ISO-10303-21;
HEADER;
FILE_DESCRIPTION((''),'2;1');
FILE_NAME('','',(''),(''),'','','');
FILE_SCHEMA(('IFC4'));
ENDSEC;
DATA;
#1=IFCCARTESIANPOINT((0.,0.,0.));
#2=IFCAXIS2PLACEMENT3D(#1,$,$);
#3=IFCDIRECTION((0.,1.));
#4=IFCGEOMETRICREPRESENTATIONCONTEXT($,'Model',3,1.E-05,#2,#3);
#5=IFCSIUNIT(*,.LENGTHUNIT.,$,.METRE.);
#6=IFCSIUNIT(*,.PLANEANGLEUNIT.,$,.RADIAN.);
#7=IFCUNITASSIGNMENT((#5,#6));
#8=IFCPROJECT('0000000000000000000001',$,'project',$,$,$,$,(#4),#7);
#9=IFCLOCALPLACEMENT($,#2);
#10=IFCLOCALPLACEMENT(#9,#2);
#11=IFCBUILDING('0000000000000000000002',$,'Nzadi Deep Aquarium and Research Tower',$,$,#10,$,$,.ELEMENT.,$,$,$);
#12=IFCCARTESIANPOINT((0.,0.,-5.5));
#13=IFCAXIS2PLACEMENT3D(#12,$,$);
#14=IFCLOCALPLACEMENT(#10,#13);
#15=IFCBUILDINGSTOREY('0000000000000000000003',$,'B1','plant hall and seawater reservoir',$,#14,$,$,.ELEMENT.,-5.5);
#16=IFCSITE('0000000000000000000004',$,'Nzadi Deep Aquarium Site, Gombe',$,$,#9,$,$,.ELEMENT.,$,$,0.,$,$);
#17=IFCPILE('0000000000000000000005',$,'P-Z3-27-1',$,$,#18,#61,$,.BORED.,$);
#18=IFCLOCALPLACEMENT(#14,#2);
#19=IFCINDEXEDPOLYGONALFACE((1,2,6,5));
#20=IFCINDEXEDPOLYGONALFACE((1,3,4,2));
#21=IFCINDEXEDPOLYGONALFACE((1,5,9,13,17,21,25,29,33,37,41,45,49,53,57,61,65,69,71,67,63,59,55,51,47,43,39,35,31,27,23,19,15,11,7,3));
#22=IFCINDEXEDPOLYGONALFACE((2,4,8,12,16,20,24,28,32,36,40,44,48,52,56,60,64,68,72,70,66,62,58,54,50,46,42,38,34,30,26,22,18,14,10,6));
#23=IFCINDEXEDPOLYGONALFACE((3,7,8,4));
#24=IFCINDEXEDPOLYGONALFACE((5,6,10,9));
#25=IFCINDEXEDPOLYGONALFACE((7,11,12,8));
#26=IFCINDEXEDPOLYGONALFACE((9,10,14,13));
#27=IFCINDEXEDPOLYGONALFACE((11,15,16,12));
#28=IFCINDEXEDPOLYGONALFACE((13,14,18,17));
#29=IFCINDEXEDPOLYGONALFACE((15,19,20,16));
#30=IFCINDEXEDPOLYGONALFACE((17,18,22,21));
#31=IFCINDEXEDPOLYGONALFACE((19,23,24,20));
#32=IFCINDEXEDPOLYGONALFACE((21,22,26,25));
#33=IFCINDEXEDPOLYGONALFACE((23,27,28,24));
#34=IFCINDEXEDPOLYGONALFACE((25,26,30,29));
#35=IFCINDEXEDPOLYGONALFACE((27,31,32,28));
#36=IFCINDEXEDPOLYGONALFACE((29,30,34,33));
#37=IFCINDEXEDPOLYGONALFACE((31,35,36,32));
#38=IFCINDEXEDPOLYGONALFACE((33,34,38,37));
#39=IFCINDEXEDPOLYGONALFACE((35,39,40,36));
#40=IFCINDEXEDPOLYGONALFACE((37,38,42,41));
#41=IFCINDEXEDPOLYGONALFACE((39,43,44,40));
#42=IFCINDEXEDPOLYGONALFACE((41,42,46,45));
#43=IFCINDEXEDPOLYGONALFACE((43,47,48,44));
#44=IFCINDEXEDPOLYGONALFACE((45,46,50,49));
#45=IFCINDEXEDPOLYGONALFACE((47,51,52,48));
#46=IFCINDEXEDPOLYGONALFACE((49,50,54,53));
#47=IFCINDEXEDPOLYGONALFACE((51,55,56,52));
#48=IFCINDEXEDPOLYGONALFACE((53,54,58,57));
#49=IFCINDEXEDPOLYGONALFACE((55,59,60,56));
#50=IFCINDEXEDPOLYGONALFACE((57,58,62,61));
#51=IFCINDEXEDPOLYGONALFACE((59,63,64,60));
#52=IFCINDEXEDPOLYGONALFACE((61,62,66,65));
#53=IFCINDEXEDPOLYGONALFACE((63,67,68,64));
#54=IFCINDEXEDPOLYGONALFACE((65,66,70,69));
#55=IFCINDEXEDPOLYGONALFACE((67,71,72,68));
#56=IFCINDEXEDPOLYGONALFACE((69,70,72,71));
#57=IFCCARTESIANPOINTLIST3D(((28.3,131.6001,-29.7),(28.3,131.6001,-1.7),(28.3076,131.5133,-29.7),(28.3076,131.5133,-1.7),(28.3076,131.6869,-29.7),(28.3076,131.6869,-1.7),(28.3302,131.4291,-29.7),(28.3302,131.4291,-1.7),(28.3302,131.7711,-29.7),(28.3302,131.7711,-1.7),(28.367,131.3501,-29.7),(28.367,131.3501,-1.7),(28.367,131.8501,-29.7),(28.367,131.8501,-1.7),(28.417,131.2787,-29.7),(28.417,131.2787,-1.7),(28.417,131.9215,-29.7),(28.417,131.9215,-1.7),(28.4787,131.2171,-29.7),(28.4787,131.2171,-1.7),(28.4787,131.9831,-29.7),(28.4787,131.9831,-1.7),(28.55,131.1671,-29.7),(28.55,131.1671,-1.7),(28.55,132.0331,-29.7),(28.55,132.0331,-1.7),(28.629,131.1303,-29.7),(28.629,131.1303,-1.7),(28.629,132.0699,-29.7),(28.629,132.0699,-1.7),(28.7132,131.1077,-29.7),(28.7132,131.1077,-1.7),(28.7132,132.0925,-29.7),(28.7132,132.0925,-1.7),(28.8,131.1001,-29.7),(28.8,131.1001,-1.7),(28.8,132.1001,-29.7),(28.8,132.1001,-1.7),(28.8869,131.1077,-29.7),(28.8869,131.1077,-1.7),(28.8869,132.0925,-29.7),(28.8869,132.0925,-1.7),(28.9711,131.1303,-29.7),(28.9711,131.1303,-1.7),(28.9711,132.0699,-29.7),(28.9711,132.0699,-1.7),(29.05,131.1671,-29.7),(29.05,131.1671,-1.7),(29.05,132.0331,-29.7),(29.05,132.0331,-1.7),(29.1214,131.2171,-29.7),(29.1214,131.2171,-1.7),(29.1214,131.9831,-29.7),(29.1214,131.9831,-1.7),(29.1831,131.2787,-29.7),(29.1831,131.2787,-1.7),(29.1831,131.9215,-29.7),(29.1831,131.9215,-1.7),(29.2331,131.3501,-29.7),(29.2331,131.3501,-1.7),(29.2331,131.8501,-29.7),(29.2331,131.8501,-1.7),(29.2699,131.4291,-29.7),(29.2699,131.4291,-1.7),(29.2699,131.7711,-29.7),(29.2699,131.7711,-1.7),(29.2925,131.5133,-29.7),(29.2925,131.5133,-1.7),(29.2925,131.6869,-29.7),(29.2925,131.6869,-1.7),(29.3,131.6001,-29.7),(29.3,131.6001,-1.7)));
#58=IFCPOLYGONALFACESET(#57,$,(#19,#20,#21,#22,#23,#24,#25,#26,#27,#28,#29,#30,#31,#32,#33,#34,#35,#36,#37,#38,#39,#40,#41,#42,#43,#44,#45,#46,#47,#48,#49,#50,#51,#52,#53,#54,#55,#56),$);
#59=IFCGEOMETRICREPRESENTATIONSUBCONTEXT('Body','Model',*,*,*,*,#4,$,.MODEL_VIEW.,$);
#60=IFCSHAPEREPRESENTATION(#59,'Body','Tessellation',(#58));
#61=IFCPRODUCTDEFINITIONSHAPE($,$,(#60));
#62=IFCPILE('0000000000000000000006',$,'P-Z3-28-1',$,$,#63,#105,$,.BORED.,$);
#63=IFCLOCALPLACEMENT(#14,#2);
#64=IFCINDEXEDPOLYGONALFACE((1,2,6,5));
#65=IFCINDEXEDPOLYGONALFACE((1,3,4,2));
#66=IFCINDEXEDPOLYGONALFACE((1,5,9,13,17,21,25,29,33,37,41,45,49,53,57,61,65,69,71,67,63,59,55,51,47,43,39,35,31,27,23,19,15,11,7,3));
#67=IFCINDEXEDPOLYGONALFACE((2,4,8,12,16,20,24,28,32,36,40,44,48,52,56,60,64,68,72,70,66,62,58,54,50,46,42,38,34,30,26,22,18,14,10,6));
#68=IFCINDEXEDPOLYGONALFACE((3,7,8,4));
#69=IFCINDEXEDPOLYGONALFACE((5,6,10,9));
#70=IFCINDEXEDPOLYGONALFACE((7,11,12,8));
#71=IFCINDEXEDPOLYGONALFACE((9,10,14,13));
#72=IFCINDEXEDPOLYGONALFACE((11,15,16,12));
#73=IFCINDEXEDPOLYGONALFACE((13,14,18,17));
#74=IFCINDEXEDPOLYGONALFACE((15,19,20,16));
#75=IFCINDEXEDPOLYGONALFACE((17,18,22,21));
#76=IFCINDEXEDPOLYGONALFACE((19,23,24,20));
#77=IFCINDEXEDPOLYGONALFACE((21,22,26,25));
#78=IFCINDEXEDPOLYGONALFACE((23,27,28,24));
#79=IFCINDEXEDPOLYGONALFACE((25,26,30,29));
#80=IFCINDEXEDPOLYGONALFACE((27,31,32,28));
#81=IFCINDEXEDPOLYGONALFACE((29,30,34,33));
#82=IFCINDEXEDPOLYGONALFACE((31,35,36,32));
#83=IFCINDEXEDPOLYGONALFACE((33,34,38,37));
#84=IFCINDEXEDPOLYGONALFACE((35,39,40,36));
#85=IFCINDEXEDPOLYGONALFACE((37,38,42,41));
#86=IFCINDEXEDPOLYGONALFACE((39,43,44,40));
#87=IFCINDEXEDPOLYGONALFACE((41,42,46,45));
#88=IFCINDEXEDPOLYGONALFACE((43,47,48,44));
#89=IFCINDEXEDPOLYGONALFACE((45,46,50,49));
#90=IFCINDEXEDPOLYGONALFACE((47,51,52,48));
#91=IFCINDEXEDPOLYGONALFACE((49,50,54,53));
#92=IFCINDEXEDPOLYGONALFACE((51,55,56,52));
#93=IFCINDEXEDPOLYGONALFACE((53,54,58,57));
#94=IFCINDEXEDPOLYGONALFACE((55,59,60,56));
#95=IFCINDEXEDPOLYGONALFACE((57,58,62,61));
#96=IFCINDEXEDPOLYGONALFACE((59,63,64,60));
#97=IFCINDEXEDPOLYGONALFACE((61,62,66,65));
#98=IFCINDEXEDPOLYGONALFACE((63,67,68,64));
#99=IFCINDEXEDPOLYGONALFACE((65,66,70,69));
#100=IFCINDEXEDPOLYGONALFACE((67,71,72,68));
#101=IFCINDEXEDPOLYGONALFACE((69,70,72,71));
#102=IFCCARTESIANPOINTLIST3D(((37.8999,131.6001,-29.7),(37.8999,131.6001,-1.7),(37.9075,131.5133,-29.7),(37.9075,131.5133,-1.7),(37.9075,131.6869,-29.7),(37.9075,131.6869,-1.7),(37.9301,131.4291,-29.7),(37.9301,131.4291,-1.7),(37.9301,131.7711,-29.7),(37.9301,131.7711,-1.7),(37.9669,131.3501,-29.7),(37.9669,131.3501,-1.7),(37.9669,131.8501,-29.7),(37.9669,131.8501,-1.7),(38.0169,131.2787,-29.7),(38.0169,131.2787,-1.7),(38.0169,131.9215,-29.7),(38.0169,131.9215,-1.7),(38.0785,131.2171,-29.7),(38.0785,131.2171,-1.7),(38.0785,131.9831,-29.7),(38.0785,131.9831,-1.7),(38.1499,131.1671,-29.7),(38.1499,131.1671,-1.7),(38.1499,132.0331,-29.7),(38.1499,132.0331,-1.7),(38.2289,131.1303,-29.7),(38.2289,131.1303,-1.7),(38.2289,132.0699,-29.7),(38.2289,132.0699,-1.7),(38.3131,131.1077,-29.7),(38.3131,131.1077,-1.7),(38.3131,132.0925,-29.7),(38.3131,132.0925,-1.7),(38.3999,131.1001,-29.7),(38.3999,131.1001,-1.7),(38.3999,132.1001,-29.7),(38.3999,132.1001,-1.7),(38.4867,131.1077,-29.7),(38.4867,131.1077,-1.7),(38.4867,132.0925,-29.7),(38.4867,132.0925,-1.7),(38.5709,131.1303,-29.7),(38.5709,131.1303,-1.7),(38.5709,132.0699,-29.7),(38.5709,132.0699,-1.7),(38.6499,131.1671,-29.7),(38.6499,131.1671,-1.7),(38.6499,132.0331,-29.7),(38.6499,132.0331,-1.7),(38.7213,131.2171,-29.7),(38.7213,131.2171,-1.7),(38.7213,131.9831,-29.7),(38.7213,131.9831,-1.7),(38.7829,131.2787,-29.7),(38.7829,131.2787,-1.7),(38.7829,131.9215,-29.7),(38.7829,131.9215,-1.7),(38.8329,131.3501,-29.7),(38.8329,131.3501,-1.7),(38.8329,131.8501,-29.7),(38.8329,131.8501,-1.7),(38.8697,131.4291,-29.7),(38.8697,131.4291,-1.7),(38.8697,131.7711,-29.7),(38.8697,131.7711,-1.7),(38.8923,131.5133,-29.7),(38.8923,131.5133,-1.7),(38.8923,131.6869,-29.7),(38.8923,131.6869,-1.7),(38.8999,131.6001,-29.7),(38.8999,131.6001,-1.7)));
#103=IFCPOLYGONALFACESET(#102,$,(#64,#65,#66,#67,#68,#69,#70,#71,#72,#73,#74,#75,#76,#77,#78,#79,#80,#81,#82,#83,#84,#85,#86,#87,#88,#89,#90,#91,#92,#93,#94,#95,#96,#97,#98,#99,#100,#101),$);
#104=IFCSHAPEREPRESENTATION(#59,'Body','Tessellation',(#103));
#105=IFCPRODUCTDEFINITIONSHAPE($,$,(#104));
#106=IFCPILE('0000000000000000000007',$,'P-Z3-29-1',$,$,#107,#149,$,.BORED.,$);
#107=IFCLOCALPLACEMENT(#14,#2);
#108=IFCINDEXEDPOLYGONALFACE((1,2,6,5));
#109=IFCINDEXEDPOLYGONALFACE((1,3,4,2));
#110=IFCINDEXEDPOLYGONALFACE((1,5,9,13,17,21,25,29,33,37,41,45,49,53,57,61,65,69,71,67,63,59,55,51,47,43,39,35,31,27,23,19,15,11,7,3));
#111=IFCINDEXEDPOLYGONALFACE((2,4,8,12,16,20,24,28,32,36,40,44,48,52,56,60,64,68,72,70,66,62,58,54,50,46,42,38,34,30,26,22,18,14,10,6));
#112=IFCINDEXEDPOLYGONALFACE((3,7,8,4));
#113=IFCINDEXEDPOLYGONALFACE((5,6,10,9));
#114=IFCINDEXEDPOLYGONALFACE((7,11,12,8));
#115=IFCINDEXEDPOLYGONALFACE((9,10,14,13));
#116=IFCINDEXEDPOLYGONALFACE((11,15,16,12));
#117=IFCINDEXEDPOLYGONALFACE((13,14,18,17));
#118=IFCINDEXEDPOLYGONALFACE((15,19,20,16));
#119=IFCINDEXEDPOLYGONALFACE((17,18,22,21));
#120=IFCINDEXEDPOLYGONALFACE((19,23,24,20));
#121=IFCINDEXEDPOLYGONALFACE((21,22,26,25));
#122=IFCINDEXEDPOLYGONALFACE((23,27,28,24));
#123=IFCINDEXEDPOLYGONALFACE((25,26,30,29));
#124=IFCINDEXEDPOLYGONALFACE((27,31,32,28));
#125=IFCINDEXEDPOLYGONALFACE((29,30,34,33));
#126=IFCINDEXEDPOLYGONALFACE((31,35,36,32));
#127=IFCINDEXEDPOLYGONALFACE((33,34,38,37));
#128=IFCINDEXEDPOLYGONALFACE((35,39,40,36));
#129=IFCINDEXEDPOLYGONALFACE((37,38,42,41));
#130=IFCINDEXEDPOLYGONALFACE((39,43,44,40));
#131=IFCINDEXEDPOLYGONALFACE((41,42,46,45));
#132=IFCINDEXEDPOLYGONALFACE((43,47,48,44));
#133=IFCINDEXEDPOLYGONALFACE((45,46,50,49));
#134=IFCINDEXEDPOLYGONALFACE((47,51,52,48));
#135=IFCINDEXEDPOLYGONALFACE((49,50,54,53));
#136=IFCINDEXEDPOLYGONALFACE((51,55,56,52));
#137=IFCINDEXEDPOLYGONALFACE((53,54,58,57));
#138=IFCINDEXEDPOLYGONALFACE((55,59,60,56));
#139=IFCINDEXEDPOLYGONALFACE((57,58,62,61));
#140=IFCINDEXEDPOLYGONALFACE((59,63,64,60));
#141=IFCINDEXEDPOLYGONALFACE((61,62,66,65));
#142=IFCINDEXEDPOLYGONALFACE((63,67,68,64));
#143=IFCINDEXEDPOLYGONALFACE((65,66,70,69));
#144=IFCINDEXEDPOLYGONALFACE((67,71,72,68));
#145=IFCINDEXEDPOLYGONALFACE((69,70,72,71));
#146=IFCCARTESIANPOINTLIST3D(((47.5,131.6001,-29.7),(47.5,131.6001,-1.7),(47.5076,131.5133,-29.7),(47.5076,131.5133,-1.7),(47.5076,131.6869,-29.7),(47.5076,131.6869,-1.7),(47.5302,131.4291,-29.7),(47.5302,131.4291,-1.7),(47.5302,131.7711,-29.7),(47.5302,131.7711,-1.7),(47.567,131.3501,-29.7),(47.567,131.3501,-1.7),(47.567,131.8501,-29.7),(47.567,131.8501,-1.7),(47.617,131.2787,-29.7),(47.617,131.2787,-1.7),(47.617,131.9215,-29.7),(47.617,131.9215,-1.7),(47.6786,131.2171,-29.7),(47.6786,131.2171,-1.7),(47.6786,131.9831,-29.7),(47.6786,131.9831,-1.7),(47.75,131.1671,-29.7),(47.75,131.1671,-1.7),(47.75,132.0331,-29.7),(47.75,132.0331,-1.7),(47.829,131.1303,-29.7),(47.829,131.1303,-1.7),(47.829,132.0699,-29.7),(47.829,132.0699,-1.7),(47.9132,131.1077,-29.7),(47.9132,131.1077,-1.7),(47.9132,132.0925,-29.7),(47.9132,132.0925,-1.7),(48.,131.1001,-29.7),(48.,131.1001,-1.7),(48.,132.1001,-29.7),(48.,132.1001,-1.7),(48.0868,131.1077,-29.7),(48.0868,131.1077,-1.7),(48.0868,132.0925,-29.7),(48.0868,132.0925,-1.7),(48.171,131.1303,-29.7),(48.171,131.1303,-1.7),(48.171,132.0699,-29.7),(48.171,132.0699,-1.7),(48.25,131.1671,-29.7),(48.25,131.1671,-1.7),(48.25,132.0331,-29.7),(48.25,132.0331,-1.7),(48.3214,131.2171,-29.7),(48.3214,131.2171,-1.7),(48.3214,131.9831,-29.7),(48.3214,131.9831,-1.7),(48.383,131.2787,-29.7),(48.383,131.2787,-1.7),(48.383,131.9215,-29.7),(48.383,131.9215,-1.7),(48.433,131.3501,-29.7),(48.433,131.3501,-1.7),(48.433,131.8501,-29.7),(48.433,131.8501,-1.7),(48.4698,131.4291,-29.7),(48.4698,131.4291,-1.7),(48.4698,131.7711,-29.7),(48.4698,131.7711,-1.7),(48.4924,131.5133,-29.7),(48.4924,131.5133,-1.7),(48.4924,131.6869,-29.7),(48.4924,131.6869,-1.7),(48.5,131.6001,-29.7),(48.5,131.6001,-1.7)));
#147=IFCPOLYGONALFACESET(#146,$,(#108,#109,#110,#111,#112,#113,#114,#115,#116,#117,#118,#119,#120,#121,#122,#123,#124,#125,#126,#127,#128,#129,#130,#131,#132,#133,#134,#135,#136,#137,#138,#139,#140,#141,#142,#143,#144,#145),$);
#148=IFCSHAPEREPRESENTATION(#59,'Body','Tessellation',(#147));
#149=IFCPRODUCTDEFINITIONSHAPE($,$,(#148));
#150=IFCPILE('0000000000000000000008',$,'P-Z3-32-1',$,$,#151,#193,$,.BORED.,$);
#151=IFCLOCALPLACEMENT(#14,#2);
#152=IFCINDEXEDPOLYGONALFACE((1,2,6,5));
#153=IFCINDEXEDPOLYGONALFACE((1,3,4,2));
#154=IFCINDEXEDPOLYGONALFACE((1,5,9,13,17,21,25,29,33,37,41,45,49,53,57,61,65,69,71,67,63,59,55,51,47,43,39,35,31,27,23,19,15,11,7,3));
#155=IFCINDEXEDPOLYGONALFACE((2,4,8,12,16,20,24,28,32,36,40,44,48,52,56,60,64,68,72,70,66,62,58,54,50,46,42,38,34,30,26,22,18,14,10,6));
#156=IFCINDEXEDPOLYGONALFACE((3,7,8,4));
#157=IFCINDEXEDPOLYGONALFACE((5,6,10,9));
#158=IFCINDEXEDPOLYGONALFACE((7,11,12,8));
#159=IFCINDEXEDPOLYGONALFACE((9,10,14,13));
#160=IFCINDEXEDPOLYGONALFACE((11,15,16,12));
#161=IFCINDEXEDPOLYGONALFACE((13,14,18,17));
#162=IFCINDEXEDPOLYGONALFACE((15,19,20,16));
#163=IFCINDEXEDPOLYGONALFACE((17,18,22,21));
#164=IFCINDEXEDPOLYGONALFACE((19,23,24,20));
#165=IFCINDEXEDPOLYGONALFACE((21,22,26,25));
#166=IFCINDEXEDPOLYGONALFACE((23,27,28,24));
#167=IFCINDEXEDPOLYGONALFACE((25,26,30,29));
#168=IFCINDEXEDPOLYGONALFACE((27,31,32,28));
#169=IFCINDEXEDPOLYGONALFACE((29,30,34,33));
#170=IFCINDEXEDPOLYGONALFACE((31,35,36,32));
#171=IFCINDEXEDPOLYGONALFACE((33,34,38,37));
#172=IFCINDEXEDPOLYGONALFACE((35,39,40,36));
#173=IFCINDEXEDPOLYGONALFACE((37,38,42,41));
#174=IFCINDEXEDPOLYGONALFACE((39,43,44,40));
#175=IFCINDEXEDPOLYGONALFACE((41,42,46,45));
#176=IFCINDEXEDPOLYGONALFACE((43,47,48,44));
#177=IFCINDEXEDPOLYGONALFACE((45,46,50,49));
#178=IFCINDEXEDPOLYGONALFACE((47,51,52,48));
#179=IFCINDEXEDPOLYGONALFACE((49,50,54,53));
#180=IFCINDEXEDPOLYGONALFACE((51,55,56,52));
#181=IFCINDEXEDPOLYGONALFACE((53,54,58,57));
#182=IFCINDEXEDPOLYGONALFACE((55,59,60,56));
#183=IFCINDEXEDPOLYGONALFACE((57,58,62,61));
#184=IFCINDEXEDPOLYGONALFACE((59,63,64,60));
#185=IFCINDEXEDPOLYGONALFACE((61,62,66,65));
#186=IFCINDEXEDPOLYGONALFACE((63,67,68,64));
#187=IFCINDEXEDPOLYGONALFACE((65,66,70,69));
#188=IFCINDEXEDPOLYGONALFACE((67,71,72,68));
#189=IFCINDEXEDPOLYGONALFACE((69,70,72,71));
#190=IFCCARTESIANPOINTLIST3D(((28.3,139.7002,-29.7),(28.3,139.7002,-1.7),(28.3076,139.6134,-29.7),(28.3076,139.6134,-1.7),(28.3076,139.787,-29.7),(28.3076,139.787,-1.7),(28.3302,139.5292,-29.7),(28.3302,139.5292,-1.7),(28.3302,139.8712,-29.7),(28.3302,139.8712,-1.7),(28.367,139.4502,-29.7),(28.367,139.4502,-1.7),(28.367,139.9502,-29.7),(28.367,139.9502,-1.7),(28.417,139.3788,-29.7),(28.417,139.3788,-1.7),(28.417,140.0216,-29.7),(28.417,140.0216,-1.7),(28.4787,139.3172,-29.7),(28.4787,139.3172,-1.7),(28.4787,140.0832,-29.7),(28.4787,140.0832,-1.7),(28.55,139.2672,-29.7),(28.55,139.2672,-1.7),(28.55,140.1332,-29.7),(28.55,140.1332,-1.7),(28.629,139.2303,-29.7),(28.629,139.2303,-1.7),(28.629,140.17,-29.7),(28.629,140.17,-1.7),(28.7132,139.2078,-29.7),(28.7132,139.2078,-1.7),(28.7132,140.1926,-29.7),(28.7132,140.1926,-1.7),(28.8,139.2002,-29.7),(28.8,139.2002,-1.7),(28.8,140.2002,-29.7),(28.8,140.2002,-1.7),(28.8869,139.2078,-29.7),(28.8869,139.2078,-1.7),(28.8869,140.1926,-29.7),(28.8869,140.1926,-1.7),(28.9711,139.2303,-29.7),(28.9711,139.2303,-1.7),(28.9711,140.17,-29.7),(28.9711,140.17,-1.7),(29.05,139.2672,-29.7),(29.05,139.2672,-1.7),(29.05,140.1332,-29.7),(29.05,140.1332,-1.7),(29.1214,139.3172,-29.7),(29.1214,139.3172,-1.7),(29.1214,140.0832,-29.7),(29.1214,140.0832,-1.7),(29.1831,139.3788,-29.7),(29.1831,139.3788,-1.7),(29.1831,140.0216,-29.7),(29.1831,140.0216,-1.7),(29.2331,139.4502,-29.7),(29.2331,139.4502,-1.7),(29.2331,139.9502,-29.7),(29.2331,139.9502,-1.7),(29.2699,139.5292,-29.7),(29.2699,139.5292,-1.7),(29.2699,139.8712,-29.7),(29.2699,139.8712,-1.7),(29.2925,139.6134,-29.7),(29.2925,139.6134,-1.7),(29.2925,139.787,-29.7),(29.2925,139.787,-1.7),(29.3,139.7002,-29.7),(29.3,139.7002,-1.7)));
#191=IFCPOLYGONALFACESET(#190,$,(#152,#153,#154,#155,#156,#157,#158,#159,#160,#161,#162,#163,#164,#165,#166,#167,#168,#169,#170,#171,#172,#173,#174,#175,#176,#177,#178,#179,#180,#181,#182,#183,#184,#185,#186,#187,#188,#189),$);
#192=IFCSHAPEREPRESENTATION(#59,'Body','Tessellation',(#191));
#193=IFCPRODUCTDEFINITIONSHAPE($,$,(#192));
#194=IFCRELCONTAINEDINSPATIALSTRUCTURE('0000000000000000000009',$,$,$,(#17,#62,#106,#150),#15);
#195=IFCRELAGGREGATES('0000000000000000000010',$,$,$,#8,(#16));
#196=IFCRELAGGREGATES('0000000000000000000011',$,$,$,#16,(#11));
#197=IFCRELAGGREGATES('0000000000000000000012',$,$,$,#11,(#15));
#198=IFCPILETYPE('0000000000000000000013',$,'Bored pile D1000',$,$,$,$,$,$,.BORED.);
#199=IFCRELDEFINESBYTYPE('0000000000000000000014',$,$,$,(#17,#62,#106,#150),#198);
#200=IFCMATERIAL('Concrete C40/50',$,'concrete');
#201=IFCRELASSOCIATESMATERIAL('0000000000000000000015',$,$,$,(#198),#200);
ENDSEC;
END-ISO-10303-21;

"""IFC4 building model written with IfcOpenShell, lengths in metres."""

from ifc_helpers import new_model, si_unit, direction, frame, origin, origin_2d, place, context, subcontext, project, spatial, circle, extrude, material, material_profile, profile_set, type_object, element, save


model = new_model("IFC4")

# Units and contexts
model_context = context("Model", 3, precision=1e-05, world=origin(), true_north=direction((0.0, 1.0)))
body_context = subcontext(model_context, "Body", "Model", "MODEL_VIEW")
ifc_project = project(units=[si_unit("LENGTHUNIT", "METRE"), si_unit("PLANEANGLEUNIT", "RADIAN")], contexts=[model_context])

# Site, building, storey
site_placement = place(None, origin())
site = spatial("IfcSite", under=ifc_project, at=site_placement, Name="Nzadi Deep Aquarium Site, Gombe", CompositionType="ELEMENT", RefElevation=0.0)
building_placement = place(site_placement, origin())
building = spatial("IfcBuilding", under=site, at=building_placement, Name="Nzadi Deep Aquarium and Research Tower", CompositionType="ELEMENT")
storey_placement = place(building_placement, frame((0.0, 0.0, -5.5)))
storey = spatial("IfcBuildingStorey", under=building, at=storey_placement, Name="B1", Description="plant hall and seawater reservoir", CompositionType="ELEMENT", Elevation=-5.5)

# Piles
ifc_material_1 = material(Name="Concrete C40/50", Category="concrete")
ifc_material_profile_1 = material_profile(ifc_material_1, circle(Radius=0.5, at=origin_2d()))
ifc_profile_set_1 = profile_set([ifc_material_profile_1], Name="Concrete C40/50")
pile_type = type_object("IfcPileType", Name="Bored pile D1000", PredefinedType="BORED", material=ifc_profile_set_1)
for number, where, z_axis, x_axis, name in (
    (1, (28.8, 131.6001, -1.7), (0.0, 0.0, -1.0), (1.0, 0.0, 0.0), "P-Z3-27-1"),
    (2, (38.3999, 131.6001, -1.7), (0.0, 0.0, -1.0), (1.0, 0.0, 0.0), "P-Z3-28-1"),
    (3, (48.0, 131.6001, -1.7), (0.0, 0.0, -1.0), (1.0, 0.0, 0.0), "P-Z3-29-1"),
    (4, (28.8, 139.7002, -1.7), (0.0, 0.0, -1.0), (1.0, 0.0, 0.0), "P-Z3-32-1"),
):
    element("IfcPile", number, at=place(storey_placement, frame(where, z_axis=z_axis, x_axis=x_axis)), inside=storey, type_object=pile_type, Name=name, PredefinedType="BORED", context=body_context, shape_type="SweptSolid", body=[
        extrude(circle(Radius=0.5, at=origin_2d()), origin(), (0.0, 0.0, 1.0), 28.0),
    ])

save(model, "model.ifc")
